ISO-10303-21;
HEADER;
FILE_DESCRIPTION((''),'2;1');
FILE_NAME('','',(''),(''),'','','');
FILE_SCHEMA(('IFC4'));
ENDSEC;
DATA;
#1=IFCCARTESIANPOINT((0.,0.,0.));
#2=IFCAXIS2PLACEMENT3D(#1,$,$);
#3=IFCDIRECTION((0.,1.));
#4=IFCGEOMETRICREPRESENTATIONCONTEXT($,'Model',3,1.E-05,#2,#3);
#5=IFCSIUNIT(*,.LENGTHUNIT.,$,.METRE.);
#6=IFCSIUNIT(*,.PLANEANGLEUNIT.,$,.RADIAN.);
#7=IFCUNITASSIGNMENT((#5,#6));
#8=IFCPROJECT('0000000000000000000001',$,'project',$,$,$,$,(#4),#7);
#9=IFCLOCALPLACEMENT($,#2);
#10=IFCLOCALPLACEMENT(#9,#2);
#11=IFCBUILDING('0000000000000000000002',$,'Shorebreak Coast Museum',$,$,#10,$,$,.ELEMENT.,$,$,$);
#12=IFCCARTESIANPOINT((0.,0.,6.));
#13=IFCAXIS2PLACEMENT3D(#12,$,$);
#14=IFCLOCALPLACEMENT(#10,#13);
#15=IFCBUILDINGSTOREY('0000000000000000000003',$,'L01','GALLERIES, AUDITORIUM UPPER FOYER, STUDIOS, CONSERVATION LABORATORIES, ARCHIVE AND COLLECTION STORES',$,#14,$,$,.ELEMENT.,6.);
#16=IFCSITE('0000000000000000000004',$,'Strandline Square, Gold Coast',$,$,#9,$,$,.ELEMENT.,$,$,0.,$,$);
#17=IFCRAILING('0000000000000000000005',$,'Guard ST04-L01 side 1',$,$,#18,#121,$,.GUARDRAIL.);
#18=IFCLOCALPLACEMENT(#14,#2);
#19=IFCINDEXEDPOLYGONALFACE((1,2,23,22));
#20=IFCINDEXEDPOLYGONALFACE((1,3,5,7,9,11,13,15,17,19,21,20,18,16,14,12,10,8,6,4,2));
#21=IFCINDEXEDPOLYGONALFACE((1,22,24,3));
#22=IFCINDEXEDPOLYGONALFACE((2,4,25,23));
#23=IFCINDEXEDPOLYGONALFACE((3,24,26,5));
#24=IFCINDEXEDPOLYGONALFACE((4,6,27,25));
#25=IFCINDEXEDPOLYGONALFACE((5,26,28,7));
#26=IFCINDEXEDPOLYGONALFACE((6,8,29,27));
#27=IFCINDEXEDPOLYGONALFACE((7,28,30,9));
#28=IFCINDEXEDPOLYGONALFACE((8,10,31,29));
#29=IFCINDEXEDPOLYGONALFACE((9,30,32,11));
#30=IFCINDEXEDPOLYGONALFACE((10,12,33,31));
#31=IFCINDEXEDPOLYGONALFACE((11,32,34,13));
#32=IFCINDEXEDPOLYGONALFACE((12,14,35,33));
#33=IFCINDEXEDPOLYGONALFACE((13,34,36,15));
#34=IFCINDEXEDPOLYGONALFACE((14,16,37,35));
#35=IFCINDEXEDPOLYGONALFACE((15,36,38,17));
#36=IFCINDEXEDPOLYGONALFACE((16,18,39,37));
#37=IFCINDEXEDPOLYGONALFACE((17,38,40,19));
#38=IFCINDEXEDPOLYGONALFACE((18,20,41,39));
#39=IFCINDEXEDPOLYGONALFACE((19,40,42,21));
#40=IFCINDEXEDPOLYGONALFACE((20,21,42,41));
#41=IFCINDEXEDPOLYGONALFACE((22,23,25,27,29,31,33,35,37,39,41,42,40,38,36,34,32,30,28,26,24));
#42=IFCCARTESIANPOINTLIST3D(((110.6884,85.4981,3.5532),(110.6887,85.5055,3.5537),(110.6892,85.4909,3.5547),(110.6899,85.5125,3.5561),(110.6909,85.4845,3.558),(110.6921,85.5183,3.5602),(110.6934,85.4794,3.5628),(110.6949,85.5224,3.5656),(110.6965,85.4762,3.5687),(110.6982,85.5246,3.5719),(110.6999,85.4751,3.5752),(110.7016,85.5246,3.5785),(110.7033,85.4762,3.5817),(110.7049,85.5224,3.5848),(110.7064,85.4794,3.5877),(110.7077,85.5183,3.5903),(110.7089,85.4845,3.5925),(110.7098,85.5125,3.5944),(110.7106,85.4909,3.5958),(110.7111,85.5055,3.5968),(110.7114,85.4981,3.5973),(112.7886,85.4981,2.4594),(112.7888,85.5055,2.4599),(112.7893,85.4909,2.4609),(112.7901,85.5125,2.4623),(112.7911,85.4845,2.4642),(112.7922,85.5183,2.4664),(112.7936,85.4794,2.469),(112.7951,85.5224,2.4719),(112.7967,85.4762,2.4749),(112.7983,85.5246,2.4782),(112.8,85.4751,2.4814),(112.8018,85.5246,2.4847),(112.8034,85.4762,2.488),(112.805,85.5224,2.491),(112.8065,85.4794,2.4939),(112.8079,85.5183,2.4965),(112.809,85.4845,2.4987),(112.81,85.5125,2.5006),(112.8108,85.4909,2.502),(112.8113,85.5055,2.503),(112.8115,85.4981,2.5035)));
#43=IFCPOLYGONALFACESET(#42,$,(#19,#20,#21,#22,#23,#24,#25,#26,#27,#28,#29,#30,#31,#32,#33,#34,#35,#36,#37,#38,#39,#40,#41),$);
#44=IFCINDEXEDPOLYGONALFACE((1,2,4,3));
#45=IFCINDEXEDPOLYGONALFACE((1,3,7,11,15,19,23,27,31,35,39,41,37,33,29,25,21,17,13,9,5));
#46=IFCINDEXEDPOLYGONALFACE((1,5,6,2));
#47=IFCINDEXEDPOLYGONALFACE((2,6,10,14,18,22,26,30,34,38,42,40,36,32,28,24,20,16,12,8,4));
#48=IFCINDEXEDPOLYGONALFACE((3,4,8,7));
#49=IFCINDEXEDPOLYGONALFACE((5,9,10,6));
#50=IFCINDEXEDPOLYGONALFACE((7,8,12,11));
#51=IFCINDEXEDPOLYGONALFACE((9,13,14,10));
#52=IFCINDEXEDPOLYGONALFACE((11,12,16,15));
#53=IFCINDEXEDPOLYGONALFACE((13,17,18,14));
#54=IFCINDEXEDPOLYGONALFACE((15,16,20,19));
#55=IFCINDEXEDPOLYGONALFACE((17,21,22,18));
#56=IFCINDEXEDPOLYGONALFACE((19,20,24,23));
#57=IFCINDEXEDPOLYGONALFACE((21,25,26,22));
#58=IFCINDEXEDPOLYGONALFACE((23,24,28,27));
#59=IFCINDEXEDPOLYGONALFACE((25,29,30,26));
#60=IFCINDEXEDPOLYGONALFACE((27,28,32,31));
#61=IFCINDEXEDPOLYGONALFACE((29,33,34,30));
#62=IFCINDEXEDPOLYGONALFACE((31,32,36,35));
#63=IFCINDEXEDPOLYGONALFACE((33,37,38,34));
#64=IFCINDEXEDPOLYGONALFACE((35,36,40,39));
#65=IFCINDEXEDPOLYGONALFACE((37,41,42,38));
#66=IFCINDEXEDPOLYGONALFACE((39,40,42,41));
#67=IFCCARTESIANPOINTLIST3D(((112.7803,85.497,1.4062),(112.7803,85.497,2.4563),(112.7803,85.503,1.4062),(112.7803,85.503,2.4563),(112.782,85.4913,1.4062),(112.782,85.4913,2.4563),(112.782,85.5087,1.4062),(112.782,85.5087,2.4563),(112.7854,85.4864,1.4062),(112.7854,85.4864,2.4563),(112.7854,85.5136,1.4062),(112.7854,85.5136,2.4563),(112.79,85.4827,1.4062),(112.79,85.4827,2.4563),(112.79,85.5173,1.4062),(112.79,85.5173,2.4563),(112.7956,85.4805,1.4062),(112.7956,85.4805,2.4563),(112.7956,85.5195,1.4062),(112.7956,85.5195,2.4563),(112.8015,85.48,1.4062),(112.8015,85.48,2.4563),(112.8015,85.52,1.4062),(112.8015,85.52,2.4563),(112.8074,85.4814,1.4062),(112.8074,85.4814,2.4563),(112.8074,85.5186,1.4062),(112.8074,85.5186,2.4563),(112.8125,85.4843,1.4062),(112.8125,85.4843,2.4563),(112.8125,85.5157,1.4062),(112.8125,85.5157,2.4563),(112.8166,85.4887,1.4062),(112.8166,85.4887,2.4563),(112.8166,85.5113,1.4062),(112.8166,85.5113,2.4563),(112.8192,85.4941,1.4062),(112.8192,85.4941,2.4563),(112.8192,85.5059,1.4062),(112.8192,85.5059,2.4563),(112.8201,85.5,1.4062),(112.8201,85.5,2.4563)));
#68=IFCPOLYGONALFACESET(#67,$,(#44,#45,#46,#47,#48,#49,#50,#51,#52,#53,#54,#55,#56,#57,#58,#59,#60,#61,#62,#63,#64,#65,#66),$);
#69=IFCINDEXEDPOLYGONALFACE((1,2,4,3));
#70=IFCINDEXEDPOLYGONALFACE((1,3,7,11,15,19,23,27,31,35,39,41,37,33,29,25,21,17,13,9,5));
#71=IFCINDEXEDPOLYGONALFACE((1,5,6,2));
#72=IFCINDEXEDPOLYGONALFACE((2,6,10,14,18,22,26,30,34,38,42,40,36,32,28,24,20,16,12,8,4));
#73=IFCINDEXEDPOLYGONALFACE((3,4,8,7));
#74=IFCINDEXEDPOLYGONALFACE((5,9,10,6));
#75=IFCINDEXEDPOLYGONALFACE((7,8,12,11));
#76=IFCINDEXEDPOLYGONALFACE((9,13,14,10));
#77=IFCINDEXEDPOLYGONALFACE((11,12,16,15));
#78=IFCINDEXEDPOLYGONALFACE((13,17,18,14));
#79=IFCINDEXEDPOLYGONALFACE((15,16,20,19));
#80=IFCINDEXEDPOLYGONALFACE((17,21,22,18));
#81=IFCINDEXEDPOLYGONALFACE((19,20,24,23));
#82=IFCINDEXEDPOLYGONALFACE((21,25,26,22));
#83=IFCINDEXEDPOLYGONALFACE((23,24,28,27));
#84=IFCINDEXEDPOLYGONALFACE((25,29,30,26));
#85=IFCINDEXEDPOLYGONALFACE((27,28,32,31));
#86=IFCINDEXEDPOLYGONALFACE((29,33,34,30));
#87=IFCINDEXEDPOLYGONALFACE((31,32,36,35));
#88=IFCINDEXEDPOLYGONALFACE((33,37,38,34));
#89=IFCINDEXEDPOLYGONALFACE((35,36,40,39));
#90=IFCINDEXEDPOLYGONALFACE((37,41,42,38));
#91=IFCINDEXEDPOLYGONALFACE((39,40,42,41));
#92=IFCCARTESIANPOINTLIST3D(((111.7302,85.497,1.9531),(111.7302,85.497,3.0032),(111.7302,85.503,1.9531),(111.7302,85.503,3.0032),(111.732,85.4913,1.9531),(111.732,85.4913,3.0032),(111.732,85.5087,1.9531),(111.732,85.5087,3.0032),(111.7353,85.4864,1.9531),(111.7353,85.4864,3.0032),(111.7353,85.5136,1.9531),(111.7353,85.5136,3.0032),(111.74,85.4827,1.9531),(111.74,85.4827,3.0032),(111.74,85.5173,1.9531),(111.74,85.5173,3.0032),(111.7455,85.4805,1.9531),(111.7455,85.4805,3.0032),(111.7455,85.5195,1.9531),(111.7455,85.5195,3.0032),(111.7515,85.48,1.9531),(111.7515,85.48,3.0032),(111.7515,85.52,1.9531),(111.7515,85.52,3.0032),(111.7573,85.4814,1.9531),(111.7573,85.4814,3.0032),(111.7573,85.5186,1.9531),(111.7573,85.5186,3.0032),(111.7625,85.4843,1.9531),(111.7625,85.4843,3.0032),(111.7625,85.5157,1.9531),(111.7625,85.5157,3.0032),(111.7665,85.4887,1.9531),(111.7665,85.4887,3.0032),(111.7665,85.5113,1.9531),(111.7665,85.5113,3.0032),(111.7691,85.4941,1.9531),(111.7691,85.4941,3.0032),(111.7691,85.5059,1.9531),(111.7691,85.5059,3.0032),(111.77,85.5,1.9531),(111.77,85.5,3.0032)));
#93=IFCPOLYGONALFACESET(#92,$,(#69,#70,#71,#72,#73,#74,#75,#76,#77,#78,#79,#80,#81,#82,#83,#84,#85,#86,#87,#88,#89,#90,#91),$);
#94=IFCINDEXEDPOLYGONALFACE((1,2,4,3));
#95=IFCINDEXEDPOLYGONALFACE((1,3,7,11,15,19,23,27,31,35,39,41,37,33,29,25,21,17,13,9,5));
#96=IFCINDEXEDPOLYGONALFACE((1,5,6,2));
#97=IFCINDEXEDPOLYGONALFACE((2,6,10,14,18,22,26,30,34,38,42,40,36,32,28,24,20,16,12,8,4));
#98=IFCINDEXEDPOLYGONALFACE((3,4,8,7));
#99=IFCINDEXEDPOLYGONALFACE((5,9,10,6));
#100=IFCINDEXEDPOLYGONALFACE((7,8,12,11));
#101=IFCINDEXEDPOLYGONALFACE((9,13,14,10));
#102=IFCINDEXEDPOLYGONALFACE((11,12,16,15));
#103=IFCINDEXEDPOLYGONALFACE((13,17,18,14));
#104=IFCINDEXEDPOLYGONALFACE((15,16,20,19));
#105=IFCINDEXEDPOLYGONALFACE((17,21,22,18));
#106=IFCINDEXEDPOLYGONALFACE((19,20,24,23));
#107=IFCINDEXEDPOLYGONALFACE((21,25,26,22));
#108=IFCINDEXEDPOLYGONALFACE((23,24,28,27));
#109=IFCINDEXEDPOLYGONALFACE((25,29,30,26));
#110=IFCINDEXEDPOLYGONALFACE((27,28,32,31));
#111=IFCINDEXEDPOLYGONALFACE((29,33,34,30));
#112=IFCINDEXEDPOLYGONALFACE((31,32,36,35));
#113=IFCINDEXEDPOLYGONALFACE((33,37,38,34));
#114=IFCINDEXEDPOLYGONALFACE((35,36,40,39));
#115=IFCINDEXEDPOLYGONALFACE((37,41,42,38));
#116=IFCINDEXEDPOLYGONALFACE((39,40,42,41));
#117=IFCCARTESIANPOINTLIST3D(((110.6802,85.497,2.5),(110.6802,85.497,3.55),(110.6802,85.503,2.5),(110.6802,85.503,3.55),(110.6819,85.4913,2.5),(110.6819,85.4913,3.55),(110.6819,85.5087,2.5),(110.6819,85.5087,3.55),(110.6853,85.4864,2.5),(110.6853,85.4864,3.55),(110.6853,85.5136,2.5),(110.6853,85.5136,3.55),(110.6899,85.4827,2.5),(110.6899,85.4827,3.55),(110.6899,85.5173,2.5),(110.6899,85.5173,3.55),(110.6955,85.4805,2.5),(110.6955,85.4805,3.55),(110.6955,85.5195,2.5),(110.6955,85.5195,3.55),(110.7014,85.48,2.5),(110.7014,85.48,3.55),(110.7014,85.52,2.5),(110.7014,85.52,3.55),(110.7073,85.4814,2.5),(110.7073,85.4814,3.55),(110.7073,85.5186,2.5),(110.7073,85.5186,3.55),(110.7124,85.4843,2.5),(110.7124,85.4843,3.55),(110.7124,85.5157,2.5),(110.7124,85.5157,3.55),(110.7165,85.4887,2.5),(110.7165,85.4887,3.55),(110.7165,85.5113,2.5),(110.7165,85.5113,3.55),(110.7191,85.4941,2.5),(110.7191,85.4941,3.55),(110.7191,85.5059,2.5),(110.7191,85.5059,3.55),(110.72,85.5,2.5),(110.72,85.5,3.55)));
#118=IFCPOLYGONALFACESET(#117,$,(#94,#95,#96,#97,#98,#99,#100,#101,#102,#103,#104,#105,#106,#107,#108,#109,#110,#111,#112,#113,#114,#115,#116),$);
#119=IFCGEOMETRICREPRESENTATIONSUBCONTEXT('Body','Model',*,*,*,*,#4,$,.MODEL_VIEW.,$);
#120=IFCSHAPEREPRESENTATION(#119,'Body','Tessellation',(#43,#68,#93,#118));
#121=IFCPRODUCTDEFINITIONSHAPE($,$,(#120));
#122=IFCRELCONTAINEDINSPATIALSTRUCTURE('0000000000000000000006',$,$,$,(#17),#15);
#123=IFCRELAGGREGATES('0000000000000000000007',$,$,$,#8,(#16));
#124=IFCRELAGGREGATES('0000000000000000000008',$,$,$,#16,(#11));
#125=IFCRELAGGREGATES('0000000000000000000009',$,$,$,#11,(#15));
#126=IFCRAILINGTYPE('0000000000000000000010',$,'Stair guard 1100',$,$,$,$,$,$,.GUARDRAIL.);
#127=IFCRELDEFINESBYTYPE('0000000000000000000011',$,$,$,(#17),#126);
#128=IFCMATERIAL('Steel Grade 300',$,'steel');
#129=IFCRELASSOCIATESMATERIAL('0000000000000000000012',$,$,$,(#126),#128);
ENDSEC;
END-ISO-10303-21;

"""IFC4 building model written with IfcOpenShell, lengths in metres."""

from ifc_helpers import new_model, si_unit, direction, frame, origin, origin_2d, place, context, subcontext, project, spatial, circle, extrude, material, type_object, element, save


model = new_model("IFC4")

# Units and contexts
model_context = context("Model", 3, precision=1e-05, world=origin(), true_north=direction((0.0, 1.0)))
body_context = subcontext(model_context, "Body", "Model", "MODEL_VIEW")
ifc_project = project(units=[si_unit("LENGTHUNIT", "METRE"), si_unit("PLANEANGLEUNIT", "RADIAN")], contexts=[model_context])

# Site, building, storey
site_placement = place(None, origin())
site = spatial("IfcSite", under=ifc_project, at=site_placement, Name="Strandline Square, Gold Coast", CompositionType="ELEMENT", RefElevation=0.0)
building_placement = place(site_placement, origin())
building = spatial("IfcBuilding", under=site, at=building_placement, Name="Shorebreak Coast Museum", CompositionType="ELEMENT")
storey_placement = place(building_placement, frame((0.0, 0.0, 6.0)))
storey = spatial("IfcBuildingStorey", under=building, at=storey_placement, Name="L01", Description="GALLERIES, AUDITORIUM UPPER FOYER, STUDIOS, CONSERVATION LABORATORIES, ARCHIVE AND COLLECTION STORES", CompositionType="ELEMENT", Elevation=6.0)

# Railing
ifc_material_1 = material(Name="Steel Grade 300", Category="steel")
railing_type_1 = type_object("IfcRailingType", Name="Stair guard 1100", PredefinedType="GUARDRAIL", material=ifc_material_1)
for number, where, name in (
    (1, (112.8, 85.5, 1.4062), "Guard ST04-L01 side 1"),
):
    element("IfcRailing", number, at=place(storey_placement, frame(where)), inside=storey, type_object=railing_type_1, Name=name, PredefinedType="GUARDRAIL", context=body_context, shape_type="SweptSolid", body=[
        extrude(circle(Radius=0.0249, at=origin_2d()), frame((0.0, 0.0, 1.0752), z_axis=(-0.886923, 0.0, 0.461918), x_axis=(0.0, -1.0, 0.0)), (0.0, 0.0, 1.0), 2.3679),
        extrude(circle(Radius=0.02, at=origin_2d()), origin(), (0.0, 0.0, 1.0), 1.05),
        extrude(circle(Radius=0.02, at=origin_2d()), frame((-1.05, 0.0, 0.5469)), (0.0, 0.0, 1.0), 1.05),
        extrude(circle(Radius=0.02, at=origin_2d()), frame((-2.1001, 0.0, 1.0938)), (0.0, 0.0, 1.0), 1.05),
    ])

save(model, "model.ifc")
